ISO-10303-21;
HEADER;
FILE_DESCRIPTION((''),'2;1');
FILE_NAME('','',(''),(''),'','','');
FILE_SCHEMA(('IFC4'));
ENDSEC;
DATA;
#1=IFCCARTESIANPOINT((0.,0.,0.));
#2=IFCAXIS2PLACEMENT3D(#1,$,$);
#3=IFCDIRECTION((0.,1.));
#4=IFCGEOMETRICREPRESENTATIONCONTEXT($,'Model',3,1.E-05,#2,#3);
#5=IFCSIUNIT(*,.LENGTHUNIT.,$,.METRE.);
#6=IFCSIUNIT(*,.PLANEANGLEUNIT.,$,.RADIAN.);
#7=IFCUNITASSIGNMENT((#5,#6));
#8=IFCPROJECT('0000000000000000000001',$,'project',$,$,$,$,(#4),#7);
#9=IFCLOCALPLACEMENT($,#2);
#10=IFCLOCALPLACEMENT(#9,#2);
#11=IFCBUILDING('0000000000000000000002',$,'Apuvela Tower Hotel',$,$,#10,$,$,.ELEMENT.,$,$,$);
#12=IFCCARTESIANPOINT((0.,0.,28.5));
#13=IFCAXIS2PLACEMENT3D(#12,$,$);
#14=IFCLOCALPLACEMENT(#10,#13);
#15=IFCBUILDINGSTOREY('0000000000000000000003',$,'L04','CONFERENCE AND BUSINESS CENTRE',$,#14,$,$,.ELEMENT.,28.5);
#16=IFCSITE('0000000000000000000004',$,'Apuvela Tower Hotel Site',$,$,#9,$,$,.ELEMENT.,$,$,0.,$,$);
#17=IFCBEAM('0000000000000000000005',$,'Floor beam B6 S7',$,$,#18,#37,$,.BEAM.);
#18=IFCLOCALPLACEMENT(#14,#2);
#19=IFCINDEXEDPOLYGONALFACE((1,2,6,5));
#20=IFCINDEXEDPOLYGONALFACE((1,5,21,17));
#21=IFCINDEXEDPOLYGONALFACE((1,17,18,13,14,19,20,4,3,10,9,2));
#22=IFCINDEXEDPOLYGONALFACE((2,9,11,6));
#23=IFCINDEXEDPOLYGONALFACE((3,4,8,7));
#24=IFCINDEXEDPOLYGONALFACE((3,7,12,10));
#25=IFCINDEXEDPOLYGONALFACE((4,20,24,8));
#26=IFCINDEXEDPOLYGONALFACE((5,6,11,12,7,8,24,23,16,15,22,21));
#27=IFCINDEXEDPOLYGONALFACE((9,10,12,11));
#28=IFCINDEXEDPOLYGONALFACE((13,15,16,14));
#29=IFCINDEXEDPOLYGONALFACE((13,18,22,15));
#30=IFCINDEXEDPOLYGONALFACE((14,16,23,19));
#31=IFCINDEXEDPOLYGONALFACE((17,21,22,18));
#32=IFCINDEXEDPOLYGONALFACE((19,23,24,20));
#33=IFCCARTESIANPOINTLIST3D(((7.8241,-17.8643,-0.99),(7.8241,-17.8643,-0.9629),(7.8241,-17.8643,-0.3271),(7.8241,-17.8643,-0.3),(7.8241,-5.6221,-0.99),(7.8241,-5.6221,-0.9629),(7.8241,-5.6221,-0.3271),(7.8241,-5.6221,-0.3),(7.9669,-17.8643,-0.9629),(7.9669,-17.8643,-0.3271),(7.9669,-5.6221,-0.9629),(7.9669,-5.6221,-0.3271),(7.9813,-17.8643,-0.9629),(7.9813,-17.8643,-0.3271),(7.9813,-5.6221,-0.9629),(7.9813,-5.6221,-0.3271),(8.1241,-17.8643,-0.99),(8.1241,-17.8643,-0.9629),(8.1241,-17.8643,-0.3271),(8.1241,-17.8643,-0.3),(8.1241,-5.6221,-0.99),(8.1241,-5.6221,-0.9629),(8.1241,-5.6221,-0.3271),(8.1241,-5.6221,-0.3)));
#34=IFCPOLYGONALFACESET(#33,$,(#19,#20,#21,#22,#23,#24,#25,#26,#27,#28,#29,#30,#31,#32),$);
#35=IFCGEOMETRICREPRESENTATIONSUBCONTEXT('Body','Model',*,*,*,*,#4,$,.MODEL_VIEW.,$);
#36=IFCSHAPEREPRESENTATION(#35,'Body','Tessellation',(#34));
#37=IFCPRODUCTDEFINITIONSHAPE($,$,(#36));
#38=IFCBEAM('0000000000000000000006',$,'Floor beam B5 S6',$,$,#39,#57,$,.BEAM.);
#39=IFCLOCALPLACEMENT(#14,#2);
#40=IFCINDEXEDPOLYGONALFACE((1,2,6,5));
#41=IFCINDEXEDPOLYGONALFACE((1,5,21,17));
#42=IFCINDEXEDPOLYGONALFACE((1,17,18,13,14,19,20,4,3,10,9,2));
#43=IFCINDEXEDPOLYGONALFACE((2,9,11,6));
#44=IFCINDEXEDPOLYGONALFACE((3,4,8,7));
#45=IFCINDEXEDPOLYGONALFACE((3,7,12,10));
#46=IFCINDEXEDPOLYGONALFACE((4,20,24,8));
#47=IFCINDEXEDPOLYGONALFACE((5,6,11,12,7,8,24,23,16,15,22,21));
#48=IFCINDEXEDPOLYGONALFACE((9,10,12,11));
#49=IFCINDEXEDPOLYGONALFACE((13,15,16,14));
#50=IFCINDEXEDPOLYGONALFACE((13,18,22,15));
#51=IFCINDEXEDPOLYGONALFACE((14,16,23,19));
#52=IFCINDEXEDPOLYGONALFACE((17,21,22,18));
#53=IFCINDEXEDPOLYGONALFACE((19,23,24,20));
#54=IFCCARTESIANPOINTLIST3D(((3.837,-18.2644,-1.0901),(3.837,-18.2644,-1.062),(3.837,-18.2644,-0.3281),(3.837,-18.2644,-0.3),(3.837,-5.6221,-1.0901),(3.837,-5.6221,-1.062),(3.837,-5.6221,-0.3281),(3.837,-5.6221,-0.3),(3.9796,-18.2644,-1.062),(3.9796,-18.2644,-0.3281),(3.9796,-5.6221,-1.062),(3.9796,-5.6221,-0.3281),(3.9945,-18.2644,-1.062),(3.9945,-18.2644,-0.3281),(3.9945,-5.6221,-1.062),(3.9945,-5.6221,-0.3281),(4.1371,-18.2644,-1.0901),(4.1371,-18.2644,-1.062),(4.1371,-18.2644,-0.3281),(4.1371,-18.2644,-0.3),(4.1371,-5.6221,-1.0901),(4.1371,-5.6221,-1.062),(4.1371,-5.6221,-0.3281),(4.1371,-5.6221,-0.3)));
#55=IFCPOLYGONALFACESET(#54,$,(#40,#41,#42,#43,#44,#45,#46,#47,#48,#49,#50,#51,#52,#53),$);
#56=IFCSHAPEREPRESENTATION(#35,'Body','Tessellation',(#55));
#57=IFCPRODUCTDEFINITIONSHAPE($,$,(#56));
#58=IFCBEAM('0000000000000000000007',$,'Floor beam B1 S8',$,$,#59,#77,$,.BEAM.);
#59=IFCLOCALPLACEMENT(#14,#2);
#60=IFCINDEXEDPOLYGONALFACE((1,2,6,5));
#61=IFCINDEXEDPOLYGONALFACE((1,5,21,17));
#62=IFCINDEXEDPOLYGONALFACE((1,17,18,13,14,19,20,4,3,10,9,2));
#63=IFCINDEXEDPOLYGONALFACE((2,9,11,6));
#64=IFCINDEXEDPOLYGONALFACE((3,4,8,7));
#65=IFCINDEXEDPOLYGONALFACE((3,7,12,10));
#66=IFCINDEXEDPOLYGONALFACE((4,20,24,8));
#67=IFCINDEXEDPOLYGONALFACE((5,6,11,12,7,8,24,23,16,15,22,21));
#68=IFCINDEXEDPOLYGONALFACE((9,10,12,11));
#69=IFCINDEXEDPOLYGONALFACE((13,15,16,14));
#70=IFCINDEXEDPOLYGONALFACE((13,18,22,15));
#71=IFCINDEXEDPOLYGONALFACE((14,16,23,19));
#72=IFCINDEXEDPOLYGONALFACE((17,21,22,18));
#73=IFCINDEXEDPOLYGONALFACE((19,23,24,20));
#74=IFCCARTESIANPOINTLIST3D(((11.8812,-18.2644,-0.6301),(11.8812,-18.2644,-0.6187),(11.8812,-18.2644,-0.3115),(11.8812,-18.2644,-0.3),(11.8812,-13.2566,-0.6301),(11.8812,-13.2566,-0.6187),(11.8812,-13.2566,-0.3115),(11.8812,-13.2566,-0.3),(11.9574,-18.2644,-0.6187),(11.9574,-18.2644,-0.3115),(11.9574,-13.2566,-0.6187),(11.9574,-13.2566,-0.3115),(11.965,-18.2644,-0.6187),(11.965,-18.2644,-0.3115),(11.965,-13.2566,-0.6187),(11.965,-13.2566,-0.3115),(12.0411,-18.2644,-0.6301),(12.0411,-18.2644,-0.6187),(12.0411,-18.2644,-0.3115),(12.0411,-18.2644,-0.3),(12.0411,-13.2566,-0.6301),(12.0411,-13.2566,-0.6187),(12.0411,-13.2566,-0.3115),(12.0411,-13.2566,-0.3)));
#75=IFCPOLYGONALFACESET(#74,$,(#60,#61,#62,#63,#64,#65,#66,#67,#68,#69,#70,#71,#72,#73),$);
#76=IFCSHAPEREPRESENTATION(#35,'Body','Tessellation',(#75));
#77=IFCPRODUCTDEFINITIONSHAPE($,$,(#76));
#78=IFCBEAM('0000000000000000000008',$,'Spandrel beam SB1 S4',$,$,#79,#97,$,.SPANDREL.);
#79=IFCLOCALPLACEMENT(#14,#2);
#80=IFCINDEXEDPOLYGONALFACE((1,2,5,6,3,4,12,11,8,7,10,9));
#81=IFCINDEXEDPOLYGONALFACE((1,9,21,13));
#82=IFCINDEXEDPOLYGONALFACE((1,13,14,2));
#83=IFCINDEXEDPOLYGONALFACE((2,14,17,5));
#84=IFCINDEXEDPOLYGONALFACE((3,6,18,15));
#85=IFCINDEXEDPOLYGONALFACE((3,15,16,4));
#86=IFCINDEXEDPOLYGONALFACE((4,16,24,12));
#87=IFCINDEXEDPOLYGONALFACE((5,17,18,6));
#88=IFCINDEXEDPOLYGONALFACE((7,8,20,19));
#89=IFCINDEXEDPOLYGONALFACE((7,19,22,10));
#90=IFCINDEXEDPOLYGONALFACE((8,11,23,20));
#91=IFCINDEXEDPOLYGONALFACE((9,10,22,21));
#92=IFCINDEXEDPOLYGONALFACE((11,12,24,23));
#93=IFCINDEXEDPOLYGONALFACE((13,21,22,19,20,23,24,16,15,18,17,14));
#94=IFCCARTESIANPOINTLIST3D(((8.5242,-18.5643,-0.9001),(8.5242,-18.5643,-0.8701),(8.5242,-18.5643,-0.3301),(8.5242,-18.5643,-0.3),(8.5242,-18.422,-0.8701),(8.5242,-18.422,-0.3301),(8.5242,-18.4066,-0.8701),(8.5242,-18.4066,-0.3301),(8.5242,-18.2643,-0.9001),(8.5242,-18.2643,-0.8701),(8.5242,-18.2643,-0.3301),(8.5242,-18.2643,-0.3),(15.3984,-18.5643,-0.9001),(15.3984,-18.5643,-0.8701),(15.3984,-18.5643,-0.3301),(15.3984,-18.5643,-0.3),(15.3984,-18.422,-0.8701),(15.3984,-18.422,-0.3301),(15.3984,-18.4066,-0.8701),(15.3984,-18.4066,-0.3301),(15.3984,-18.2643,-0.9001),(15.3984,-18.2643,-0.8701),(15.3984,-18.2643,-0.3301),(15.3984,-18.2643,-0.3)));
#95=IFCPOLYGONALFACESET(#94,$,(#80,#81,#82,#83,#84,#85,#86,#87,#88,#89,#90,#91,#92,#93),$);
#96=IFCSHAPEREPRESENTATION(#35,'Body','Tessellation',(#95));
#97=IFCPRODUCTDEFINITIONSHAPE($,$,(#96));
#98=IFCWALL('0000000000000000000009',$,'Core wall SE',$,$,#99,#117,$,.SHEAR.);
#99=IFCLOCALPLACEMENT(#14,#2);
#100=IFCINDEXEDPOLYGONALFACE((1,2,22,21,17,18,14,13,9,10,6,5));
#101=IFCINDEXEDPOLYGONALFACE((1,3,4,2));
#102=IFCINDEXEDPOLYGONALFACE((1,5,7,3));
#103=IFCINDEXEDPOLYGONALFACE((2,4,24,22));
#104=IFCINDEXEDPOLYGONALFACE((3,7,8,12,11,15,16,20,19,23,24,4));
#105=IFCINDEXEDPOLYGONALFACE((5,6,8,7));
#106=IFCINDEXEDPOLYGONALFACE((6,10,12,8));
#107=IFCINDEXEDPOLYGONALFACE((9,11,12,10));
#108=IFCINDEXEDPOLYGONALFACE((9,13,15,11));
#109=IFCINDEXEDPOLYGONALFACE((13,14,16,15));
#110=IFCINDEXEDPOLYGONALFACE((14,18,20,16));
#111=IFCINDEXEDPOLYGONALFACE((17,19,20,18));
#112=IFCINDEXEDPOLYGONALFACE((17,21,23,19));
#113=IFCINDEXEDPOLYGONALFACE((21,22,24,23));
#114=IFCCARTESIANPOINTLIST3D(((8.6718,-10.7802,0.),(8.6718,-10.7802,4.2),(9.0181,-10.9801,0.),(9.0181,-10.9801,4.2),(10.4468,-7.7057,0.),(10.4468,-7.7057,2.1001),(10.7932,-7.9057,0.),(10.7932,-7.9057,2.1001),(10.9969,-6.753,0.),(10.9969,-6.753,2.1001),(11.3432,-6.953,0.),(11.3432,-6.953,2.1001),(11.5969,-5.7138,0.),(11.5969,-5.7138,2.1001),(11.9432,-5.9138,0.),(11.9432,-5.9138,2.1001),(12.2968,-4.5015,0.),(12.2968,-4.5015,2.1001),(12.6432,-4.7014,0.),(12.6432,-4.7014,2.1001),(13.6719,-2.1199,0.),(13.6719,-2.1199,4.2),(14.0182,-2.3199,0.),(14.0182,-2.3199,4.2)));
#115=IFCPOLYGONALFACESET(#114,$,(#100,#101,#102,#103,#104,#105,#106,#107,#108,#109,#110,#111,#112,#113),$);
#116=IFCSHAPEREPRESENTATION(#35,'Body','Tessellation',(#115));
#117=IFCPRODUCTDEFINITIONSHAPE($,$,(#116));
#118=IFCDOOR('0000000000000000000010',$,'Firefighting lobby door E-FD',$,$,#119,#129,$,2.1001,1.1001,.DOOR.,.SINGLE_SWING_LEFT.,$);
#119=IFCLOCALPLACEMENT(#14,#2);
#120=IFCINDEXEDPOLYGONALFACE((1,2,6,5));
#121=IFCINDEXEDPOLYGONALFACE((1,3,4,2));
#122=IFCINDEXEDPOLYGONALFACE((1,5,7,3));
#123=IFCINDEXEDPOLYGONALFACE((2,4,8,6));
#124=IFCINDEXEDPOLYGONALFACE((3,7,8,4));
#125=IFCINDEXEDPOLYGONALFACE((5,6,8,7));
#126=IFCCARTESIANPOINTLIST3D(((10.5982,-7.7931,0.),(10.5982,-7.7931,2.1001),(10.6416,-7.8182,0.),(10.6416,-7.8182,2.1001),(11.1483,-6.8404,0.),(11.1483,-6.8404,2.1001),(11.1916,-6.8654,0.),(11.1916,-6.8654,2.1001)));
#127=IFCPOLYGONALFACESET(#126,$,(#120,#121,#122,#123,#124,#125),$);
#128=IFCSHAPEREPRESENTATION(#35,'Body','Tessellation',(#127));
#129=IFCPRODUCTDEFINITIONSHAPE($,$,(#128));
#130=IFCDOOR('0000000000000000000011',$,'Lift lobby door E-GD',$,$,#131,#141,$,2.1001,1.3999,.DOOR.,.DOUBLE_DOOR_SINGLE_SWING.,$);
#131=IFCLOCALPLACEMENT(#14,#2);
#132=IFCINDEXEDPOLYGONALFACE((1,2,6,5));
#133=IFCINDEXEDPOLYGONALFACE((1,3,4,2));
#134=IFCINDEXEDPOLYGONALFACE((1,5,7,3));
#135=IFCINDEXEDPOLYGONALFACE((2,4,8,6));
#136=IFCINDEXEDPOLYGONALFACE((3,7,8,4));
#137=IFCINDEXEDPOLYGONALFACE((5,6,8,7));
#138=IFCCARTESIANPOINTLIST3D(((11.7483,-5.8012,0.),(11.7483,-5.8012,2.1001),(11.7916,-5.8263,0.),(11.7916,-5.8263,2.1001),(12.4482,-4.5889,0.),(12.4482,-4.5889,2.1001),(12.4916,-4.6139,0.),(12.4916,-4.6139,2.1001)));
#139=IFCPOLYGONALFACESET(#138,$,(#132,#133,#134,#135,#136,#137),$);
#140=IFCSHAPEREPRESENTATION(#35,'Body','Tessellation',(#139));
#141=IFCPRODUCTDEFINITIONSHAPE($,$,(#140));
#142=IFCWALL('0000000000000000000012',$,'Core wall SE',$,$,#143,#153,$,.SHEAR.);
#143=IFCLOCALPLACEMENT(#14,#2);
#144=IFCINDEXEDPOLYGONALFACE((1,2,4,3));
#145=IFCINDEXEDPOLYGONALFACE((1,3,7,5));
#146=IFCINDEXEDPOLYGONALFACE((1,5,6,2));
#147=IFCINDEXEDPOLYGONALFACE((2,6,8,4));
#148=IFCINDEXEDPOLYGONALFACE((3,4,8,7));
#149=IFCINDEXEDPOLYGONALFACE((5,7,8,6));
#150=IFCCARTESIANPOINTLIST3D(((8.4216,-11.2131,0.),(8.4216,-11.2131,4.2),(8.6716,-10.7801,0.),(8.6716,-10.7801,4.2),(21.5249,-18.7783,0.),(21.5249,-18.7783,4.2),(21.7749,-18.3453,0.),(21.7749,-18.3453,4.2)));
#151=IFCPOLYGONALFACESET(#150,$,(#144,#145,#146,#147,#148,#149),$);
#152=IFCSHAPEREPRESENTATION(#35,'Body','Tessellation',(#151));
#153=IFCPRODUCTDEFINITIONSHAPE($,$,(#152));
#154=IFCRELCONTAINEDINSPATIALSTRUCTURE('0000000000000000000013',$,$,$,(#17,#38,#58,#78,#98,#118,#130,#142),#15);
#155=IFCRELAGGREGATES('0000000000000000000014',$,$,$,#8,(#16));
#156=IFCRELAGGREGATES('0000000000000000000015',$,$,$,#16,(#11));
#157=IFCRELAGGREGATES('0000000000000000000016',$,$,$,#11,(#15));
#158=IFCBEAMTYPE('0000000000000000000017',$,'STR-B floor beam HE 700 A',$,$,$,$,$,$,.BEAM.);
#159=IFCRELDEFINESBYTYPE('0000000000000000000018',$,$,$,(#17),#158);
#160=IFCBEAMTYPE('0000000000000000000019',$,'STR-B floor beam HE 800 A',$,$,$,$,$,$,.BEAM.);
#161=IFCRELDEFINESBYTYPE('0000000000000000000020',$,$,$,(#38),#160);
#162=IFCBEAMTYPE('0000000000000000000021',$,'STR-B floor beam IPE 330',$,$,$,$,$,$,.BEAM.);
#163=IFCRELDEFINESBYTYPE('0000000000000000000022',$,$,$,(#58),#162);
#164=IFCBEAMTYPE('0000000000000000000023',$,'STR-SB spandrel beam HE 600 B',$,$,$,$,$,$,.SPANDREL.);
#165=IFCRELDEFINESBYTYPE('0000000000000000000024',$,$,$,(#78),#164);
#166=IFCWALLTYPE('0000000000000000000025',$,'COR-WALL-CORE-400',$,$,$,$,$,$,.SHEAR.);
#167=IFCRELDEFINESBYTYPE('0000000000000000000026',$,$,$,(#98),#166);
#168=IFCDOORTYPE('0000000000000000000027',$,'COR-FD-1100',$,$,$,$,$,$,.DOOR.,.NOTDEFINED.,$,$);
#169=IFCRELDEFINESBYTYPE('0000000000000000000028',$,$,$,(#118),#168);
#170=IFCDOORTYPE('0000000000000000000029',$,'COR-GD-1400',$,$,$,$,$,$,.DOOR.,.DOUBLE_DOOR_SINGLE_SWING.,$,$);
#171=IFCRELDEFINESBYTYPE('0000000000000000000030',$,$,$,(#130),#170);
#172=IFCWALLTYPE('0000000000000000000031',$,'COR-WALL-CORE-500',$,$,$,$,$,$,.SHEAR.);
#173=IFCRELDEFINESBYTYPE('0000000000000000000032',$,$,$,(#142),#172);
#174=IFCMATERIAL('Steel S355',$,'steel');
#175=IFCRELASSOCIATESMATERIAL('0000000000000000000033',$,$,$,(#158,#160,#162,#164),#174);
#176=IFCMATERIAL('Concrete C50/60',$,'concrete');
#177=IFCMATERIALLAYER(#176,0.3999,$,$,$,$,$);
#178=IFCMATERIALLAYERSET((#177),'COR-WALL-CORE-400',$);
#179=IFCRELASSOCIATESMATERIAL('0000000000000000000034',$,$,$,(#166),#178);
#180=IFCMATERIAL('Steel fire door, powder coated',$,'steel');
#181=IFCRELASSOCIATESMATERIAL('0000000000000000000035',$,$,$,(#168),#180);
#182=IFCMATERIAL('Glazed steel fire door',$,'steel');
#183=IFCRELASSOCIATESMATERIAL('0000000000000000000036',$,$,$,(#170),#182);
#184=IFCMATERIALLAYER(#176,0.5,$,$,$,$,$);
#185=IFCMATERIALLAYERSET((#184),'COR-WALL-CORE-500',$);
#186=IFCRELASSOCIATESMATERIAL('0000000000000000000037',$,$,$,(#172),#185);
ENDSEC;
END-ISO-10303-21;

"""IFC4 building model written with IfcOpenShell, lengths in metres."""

from ifc_helpers import new_model, si_unit, direction, frame, frame_2d, origin, origin_2d, place, context, subcontext, project, spatial, rectangle, i_section, extrude, material, layer, layer_set, material_profile, profile_set, type_object, element, fill, save


model = new_model("IFC4")

# Units and contexts
model_context = context("Model", 3, precision=1e-05, world=origin(), true_north=direction((0.0, 1.0)))
body_context = subcontext(model_context, "Body", "Model", "MODEL_VIEW")
ifc_project = project(units=[si_unit("LENGTHUNIT", "METRE"), si_unit("PLANEANGLEUNIT", "RADIAN")], contexts=[model_context])

# Site, building, storey
site_placement = place(None, origin())
site = spatial("IfcSite", under=ifc_project, at=site_placement, Name="Apuvela Tower Hotel Site", CompositionType="ELEMENT", RefElevation=0.0)
building_placement = place(site_placement, origin())
building = spatial("IfcBuilding", under=site, at=building_placement, Name="Apuvela Tower Hotel", CompositionType="ELEMENT")
storey_placement = place(building_placement, frame((0.0, 0.0, 28.5)))
storey = spatial("IfcBuildingStorey", under=building, at=storey_placement, Name="L04", Description="CONFERENCE AND BUSINESS CENTRE", CompositionType="ELEMENT", Elevation=28.5)

# Beams
ifc_material_1 = material(Name="Steel S355", Category="steel")
ifc_material_profile_1 = material_profile(ifc_material_1, i_section(OverallWidth=0.3, OverallDepth=0.6899, WebThickness=0.0144, FlangeThickness=0.0271, at=origin_2d()), Name="HE 700 A")
ifc_profile_set_1 = profile_set([ifc_material_profile_1], Name="Steel S355")
beam_type_1 = type_object("IfcBeamType", Name="STR-B floor beam HE 700 A", PredefinedType="BEAM", material=ifc_profile_set_1)
beam_1_placement = place(storey_placement, frame((7.9741, -17.8643, -0.645), z_axis=(0.0, 1.0, 0.0), x_axis=(-1.0, 0.0, 0.0)))
element("IfcBeam", 1, at=beam_1_placement, inside=storey, type_object=beam_type_1, Name="Floor beam B6 S7", PredefinedType="BEAM", context=body_context, shape_type="SweptSolid", body=[
    extrude(i_section(OverallWidth=0.3, OverallDepth=0.6899, WebThickness=0.0144, FlangeThickness=0.0271, at=origin_2d()), origin(), (0.0, 0.0, 1.0), 12.2422),
])
ifc_material_profile_2 = material_profile(ifc_material_1, i_section(OverallWidth=0.3, OverallDepth=0.79, WebThickness=0.0149, FlangeThickness=0.0281, at=origin_2d()), Name="HE 800 A")
ifc_profile_set_2 = profile_set([ifc_material_profile_2], Name="Steel S355")
beam_type_2 = type_object("IfcBeamType", Name="STR-B floor beam HE 800 A", PredefinedType="BEAM", material=ifc_profile_set_2)
beam_2_placement = place(storey_placement, frame((3.9871, -18.2644, -0.6951), z_axis=(0.0, 1.0, 0.0), x_axis=(-1.0, 0.0, 0.0)))
element("IfcBeam", 2, at=beam_2_placement, inside=storey, type_object=beam_type_2, Name="Floor beam B5 S6", PredefinedType="BEAM", context=body_context, shape_type="SweptSolid", body=[
    extrude(i_section(OverallWidth=0.3, OverallDepth=0.79, WebThickness=0.0149, FlangeThickness=0.0281, at=origin_2d()), origin(), (0.0, 0.0, 1.0), 12.6423),
])
ifc_material_profile_3 = material_profile(ifc_material_1, i_section(OverallWidth=0.1599, OverallDepth=0.3301, WebThickness=0.0076, FlangeThickness=0.0115, at=origin_2d()), Name="IPE 330")
ifc_profile_set_3 = profile_set([ifc_material_profile_3], Name="Steel S355")
beam_type_3 = type_object("IfcBeamType", Name="STR-B floor beam IPE 330", PredefinedType="BEAM", material=ifc_profile_set_3)
beam_3_placement = place(storey_placement, frame((11.9612, -18.2644, -0.4651), z_axis=(0.0, 1.0, 0.0), x_axis=(-1.0, 0.0, 0.0)))
element("IfcBeam", 3, at=beam_3_placement, inside=storey, type_object=beam_type_3, Name="Floor beam B1 S8", PredefinedType="BEAM", context=body_context, shape_type="SweptSolid", body=[
    extrude(i_section(OverallWidth=0.1599, OverallDepth=0.3301, WebThickness=0.0076, FlangeThickness=0.0115, at=origin_2d()), origin(), (0.0, 0.0, 1.0), 5.0078),
])
ifc_material_profile_4 = material_profile(ifc_material_1, i_section(OverallWidth=0.3, OverallDepth=0.6001, WebThickness=0.0154, FlangeThickness=0.03, at=origin_2d()), Name="HE 600 B")
ifc_profile_set_4 = profile_set([ifc_material_profile_4], Name="Steel S355")
beam_type_4 = type_object("IfcBeamType", Name="STR-SB spandrel beam HE 600 B", PredefinedType="SPANDREL", material=ifc_profile_set_4)
beam_4_placement = place(storey_placement, frame((8.5242, -18.4143, -0.6001), z_axis=(1.0, 0.0, 0.0), x_axis=(0.0, 1.0, 0.0)))
element("IfcBeam", 4, at=beam_4_placement, inside=storey, type_object=beam_type_4, Name="Spandrel beam SB1 S4", PredefinedType="SPANDREL", context=body_context, shape_type="SweptSolid", body=[
    extrude(i_section(OverallWidth=0.3, OverallDepth=0.6001, WebThickness=0.0154, FlangeThickness=0.03, at=origin_2d()), origin(), (0.0, 0.0, 1.0), 6.8743),
])

# Wall, openings, doors
ifc_material_2 = material(Name="Concrete C50/60", Category="concrete")
ifc_layer_1 = layer(ifc_material_2, 0.3999)
ifc_layer_set_1 = layer_set([ifc_layer_1], Name="COR-WALL-CORE-400")
wall_type_1 = type_object("IfcWallType", Name="COR-WALL-CORE-400", PredefinedType="SHEAR", material=ifc_layer_set_1)
wall_1_placement = place(storey_placement, frame((8.845, -10.8801, 0.0), z_axis=(0.0, 0.0, 1.0), x_axis=(0.500004, 0.866023, 0.0)))
wall_1 = element("IfcWall", 5, at=wall_1_placement, inside=storey, type_object=wall_type_1, Name="Core wall SE", PredefinedType="SHEAR", context=body_context, shape_type="SweptSolid", body=[
    extrude(rectangle(XDim=10.0, YDim=0.3999, at=frame_2d((5.0, 0.0))), origin(), (0.0, 0.0, 1.0), 4.2),
])
opening_1_placement = place(wall_1_placement, frame((3.55, 0.0, 0.0)))
opening_1 = element("IfcOpeningElement", 6, at=opening_1_placement, cuts=wall_1, PredefinedType="OPENING", context=body_context, shape_type="SweptSolid", body=[
    extrude(rectangle(XDim=1.1001, YDim=2.1001, at=frame_2d((0.55, 1.05))), frame((0.0, 0.21, 0.0), z_axis=(0.0, -1.0, 0.0), x_axis=(1.0, 0.0, 0.0)), (0.0, 0.0, 1.0), 0.4199),
])
opening_2_placement = place(wall_1_placement, frame((5.8501, 0.0, 0.0)))
opening_2 = element("IfcOpeningElement", 7, at=opening_2_placement, cuts=wall_1, PredefinedType="OPENING", context=body_context, shape_type="SweptSolid", body=[
    extrude(rectangle(XDim=1.3999, YDim=2.1001, at=frame_2d((0.7, 1.05))), frame((0.0, 0.21, 0.0), z_axis=(0.0, -1.0, 0.0), x_axis=(1.0, 0.0, 0.0)), (0.0, 0.0, 1.0), 0.4199),
])
ifc_material_3 = material(Name="Steel fire door, powder coated", Category="steel")
door_type_1 = type_object("IfcDoorType", Name="COR-FD-1100", OperationType="NOTDEFINED", PredefinedType="DOOR", material=ifc_material_3)
door_1_placement = place(opening_1_placement, frame((1.1001, 0.0, 0.0), z_axis=(0.0, 0.0, 1.0), x_axis=(-1.0, 0.0, 0.0)))
door_1 = element("IfcDoor", 8, at=door_1_placement, inside=storey, type_object=door_type_1, Name="Firefighting lobby door E-FD", OperationType="SINGLE_SWING_LEFT", OverallHeight=2.1001, OverallWidth=1.1001, PredefinedType="DOOR", context=body_context, shape_type="SweptSolid", body=[
    extrude(rectangle(XDim=1.1001, YDim=2.1001, at=frame_2d((0.55, 1.05))), frame((0.0, 0.0249, 0.0), z_axis=(0.0, -1.0, 0.0), x_axis=(1.0, 0.0, 0.0)), (0.0, 0.0, 1.0), 0.05),
])
fill(opening_1, door_1)
ifc_material_4 = material(Name="Glazed steel fire door", Category="steel")
door_type_2 = type_object("IfcDoorType", Name="COR-GD-1400", OperationType="DOUBLE_DOOR_SINGLE_SWING", PredefinedType="DOOR", material=ifc_material_4)
door_2_placement = place(opening_2_placement, frame((1.3999, 0.0, 0.0), z_axis=(0.0, 0.0, 1.0), x_axis=(-1.0, 0.0, 0.0)))
door_2 = element("IfcDoor", 9, at=door_2_placement, inside=storey, type_object=door_type_2, Name="Lift lobby door E-GD", OperationType="DOUBLE_DOOR_SINGLE_SWING", OverallHeight=2.1001, OverallWidth=1.3999, PredefinedType="DOOR", context=body_context, shape_type="SweptSolid", body=[
    extrude(rectangle(XDim=1.3999, YDim=2.1001, at=frame_2d((0.7, 1.05))), frame((0.0, 0.0249, 0.0), z_axis=(0.0, -1.0, 0.0), x_axis=(1.0, 0.0, 0.0)), (0.0, 0.0, 1.0), 0.05),
])
fill(opening_2, door_2)

# Wall
ifc_layer_2 = layer(ifc_material_2, 0.5)
ifc_layer_set_2 = layer_set([ifc_layer_2], Name="COR-WALL-CORE-500")
wall_type_2 = type_object("IfcWallType", Name="COR-WALL-CORE-500", PredefinedType="SHEAR", material=ifc_layer_set_2)
wall_2_placement = place(storey_placement, frame((8.5466, -10.9966, 0.0), z_axis=(0.0, 0.0, 1.0), x_axis=(0.866025, -0.5, 0.0)))
element("IfcWall", 10, at=wall_2_placement, inside=storey, type_object=wall_type_2, Name="Core wall SE", PredefinedType="SHEAR", context=body_context, shape_type="SweptSolid", body=[
    extrude(rectangle(XDim=15.1304, YDim=0.5, at=frame_2d((7.5652, 0.0))), origin(), (0.0, 0.0, 1.0), 4.2),
])

save(model, "model.ifc")
